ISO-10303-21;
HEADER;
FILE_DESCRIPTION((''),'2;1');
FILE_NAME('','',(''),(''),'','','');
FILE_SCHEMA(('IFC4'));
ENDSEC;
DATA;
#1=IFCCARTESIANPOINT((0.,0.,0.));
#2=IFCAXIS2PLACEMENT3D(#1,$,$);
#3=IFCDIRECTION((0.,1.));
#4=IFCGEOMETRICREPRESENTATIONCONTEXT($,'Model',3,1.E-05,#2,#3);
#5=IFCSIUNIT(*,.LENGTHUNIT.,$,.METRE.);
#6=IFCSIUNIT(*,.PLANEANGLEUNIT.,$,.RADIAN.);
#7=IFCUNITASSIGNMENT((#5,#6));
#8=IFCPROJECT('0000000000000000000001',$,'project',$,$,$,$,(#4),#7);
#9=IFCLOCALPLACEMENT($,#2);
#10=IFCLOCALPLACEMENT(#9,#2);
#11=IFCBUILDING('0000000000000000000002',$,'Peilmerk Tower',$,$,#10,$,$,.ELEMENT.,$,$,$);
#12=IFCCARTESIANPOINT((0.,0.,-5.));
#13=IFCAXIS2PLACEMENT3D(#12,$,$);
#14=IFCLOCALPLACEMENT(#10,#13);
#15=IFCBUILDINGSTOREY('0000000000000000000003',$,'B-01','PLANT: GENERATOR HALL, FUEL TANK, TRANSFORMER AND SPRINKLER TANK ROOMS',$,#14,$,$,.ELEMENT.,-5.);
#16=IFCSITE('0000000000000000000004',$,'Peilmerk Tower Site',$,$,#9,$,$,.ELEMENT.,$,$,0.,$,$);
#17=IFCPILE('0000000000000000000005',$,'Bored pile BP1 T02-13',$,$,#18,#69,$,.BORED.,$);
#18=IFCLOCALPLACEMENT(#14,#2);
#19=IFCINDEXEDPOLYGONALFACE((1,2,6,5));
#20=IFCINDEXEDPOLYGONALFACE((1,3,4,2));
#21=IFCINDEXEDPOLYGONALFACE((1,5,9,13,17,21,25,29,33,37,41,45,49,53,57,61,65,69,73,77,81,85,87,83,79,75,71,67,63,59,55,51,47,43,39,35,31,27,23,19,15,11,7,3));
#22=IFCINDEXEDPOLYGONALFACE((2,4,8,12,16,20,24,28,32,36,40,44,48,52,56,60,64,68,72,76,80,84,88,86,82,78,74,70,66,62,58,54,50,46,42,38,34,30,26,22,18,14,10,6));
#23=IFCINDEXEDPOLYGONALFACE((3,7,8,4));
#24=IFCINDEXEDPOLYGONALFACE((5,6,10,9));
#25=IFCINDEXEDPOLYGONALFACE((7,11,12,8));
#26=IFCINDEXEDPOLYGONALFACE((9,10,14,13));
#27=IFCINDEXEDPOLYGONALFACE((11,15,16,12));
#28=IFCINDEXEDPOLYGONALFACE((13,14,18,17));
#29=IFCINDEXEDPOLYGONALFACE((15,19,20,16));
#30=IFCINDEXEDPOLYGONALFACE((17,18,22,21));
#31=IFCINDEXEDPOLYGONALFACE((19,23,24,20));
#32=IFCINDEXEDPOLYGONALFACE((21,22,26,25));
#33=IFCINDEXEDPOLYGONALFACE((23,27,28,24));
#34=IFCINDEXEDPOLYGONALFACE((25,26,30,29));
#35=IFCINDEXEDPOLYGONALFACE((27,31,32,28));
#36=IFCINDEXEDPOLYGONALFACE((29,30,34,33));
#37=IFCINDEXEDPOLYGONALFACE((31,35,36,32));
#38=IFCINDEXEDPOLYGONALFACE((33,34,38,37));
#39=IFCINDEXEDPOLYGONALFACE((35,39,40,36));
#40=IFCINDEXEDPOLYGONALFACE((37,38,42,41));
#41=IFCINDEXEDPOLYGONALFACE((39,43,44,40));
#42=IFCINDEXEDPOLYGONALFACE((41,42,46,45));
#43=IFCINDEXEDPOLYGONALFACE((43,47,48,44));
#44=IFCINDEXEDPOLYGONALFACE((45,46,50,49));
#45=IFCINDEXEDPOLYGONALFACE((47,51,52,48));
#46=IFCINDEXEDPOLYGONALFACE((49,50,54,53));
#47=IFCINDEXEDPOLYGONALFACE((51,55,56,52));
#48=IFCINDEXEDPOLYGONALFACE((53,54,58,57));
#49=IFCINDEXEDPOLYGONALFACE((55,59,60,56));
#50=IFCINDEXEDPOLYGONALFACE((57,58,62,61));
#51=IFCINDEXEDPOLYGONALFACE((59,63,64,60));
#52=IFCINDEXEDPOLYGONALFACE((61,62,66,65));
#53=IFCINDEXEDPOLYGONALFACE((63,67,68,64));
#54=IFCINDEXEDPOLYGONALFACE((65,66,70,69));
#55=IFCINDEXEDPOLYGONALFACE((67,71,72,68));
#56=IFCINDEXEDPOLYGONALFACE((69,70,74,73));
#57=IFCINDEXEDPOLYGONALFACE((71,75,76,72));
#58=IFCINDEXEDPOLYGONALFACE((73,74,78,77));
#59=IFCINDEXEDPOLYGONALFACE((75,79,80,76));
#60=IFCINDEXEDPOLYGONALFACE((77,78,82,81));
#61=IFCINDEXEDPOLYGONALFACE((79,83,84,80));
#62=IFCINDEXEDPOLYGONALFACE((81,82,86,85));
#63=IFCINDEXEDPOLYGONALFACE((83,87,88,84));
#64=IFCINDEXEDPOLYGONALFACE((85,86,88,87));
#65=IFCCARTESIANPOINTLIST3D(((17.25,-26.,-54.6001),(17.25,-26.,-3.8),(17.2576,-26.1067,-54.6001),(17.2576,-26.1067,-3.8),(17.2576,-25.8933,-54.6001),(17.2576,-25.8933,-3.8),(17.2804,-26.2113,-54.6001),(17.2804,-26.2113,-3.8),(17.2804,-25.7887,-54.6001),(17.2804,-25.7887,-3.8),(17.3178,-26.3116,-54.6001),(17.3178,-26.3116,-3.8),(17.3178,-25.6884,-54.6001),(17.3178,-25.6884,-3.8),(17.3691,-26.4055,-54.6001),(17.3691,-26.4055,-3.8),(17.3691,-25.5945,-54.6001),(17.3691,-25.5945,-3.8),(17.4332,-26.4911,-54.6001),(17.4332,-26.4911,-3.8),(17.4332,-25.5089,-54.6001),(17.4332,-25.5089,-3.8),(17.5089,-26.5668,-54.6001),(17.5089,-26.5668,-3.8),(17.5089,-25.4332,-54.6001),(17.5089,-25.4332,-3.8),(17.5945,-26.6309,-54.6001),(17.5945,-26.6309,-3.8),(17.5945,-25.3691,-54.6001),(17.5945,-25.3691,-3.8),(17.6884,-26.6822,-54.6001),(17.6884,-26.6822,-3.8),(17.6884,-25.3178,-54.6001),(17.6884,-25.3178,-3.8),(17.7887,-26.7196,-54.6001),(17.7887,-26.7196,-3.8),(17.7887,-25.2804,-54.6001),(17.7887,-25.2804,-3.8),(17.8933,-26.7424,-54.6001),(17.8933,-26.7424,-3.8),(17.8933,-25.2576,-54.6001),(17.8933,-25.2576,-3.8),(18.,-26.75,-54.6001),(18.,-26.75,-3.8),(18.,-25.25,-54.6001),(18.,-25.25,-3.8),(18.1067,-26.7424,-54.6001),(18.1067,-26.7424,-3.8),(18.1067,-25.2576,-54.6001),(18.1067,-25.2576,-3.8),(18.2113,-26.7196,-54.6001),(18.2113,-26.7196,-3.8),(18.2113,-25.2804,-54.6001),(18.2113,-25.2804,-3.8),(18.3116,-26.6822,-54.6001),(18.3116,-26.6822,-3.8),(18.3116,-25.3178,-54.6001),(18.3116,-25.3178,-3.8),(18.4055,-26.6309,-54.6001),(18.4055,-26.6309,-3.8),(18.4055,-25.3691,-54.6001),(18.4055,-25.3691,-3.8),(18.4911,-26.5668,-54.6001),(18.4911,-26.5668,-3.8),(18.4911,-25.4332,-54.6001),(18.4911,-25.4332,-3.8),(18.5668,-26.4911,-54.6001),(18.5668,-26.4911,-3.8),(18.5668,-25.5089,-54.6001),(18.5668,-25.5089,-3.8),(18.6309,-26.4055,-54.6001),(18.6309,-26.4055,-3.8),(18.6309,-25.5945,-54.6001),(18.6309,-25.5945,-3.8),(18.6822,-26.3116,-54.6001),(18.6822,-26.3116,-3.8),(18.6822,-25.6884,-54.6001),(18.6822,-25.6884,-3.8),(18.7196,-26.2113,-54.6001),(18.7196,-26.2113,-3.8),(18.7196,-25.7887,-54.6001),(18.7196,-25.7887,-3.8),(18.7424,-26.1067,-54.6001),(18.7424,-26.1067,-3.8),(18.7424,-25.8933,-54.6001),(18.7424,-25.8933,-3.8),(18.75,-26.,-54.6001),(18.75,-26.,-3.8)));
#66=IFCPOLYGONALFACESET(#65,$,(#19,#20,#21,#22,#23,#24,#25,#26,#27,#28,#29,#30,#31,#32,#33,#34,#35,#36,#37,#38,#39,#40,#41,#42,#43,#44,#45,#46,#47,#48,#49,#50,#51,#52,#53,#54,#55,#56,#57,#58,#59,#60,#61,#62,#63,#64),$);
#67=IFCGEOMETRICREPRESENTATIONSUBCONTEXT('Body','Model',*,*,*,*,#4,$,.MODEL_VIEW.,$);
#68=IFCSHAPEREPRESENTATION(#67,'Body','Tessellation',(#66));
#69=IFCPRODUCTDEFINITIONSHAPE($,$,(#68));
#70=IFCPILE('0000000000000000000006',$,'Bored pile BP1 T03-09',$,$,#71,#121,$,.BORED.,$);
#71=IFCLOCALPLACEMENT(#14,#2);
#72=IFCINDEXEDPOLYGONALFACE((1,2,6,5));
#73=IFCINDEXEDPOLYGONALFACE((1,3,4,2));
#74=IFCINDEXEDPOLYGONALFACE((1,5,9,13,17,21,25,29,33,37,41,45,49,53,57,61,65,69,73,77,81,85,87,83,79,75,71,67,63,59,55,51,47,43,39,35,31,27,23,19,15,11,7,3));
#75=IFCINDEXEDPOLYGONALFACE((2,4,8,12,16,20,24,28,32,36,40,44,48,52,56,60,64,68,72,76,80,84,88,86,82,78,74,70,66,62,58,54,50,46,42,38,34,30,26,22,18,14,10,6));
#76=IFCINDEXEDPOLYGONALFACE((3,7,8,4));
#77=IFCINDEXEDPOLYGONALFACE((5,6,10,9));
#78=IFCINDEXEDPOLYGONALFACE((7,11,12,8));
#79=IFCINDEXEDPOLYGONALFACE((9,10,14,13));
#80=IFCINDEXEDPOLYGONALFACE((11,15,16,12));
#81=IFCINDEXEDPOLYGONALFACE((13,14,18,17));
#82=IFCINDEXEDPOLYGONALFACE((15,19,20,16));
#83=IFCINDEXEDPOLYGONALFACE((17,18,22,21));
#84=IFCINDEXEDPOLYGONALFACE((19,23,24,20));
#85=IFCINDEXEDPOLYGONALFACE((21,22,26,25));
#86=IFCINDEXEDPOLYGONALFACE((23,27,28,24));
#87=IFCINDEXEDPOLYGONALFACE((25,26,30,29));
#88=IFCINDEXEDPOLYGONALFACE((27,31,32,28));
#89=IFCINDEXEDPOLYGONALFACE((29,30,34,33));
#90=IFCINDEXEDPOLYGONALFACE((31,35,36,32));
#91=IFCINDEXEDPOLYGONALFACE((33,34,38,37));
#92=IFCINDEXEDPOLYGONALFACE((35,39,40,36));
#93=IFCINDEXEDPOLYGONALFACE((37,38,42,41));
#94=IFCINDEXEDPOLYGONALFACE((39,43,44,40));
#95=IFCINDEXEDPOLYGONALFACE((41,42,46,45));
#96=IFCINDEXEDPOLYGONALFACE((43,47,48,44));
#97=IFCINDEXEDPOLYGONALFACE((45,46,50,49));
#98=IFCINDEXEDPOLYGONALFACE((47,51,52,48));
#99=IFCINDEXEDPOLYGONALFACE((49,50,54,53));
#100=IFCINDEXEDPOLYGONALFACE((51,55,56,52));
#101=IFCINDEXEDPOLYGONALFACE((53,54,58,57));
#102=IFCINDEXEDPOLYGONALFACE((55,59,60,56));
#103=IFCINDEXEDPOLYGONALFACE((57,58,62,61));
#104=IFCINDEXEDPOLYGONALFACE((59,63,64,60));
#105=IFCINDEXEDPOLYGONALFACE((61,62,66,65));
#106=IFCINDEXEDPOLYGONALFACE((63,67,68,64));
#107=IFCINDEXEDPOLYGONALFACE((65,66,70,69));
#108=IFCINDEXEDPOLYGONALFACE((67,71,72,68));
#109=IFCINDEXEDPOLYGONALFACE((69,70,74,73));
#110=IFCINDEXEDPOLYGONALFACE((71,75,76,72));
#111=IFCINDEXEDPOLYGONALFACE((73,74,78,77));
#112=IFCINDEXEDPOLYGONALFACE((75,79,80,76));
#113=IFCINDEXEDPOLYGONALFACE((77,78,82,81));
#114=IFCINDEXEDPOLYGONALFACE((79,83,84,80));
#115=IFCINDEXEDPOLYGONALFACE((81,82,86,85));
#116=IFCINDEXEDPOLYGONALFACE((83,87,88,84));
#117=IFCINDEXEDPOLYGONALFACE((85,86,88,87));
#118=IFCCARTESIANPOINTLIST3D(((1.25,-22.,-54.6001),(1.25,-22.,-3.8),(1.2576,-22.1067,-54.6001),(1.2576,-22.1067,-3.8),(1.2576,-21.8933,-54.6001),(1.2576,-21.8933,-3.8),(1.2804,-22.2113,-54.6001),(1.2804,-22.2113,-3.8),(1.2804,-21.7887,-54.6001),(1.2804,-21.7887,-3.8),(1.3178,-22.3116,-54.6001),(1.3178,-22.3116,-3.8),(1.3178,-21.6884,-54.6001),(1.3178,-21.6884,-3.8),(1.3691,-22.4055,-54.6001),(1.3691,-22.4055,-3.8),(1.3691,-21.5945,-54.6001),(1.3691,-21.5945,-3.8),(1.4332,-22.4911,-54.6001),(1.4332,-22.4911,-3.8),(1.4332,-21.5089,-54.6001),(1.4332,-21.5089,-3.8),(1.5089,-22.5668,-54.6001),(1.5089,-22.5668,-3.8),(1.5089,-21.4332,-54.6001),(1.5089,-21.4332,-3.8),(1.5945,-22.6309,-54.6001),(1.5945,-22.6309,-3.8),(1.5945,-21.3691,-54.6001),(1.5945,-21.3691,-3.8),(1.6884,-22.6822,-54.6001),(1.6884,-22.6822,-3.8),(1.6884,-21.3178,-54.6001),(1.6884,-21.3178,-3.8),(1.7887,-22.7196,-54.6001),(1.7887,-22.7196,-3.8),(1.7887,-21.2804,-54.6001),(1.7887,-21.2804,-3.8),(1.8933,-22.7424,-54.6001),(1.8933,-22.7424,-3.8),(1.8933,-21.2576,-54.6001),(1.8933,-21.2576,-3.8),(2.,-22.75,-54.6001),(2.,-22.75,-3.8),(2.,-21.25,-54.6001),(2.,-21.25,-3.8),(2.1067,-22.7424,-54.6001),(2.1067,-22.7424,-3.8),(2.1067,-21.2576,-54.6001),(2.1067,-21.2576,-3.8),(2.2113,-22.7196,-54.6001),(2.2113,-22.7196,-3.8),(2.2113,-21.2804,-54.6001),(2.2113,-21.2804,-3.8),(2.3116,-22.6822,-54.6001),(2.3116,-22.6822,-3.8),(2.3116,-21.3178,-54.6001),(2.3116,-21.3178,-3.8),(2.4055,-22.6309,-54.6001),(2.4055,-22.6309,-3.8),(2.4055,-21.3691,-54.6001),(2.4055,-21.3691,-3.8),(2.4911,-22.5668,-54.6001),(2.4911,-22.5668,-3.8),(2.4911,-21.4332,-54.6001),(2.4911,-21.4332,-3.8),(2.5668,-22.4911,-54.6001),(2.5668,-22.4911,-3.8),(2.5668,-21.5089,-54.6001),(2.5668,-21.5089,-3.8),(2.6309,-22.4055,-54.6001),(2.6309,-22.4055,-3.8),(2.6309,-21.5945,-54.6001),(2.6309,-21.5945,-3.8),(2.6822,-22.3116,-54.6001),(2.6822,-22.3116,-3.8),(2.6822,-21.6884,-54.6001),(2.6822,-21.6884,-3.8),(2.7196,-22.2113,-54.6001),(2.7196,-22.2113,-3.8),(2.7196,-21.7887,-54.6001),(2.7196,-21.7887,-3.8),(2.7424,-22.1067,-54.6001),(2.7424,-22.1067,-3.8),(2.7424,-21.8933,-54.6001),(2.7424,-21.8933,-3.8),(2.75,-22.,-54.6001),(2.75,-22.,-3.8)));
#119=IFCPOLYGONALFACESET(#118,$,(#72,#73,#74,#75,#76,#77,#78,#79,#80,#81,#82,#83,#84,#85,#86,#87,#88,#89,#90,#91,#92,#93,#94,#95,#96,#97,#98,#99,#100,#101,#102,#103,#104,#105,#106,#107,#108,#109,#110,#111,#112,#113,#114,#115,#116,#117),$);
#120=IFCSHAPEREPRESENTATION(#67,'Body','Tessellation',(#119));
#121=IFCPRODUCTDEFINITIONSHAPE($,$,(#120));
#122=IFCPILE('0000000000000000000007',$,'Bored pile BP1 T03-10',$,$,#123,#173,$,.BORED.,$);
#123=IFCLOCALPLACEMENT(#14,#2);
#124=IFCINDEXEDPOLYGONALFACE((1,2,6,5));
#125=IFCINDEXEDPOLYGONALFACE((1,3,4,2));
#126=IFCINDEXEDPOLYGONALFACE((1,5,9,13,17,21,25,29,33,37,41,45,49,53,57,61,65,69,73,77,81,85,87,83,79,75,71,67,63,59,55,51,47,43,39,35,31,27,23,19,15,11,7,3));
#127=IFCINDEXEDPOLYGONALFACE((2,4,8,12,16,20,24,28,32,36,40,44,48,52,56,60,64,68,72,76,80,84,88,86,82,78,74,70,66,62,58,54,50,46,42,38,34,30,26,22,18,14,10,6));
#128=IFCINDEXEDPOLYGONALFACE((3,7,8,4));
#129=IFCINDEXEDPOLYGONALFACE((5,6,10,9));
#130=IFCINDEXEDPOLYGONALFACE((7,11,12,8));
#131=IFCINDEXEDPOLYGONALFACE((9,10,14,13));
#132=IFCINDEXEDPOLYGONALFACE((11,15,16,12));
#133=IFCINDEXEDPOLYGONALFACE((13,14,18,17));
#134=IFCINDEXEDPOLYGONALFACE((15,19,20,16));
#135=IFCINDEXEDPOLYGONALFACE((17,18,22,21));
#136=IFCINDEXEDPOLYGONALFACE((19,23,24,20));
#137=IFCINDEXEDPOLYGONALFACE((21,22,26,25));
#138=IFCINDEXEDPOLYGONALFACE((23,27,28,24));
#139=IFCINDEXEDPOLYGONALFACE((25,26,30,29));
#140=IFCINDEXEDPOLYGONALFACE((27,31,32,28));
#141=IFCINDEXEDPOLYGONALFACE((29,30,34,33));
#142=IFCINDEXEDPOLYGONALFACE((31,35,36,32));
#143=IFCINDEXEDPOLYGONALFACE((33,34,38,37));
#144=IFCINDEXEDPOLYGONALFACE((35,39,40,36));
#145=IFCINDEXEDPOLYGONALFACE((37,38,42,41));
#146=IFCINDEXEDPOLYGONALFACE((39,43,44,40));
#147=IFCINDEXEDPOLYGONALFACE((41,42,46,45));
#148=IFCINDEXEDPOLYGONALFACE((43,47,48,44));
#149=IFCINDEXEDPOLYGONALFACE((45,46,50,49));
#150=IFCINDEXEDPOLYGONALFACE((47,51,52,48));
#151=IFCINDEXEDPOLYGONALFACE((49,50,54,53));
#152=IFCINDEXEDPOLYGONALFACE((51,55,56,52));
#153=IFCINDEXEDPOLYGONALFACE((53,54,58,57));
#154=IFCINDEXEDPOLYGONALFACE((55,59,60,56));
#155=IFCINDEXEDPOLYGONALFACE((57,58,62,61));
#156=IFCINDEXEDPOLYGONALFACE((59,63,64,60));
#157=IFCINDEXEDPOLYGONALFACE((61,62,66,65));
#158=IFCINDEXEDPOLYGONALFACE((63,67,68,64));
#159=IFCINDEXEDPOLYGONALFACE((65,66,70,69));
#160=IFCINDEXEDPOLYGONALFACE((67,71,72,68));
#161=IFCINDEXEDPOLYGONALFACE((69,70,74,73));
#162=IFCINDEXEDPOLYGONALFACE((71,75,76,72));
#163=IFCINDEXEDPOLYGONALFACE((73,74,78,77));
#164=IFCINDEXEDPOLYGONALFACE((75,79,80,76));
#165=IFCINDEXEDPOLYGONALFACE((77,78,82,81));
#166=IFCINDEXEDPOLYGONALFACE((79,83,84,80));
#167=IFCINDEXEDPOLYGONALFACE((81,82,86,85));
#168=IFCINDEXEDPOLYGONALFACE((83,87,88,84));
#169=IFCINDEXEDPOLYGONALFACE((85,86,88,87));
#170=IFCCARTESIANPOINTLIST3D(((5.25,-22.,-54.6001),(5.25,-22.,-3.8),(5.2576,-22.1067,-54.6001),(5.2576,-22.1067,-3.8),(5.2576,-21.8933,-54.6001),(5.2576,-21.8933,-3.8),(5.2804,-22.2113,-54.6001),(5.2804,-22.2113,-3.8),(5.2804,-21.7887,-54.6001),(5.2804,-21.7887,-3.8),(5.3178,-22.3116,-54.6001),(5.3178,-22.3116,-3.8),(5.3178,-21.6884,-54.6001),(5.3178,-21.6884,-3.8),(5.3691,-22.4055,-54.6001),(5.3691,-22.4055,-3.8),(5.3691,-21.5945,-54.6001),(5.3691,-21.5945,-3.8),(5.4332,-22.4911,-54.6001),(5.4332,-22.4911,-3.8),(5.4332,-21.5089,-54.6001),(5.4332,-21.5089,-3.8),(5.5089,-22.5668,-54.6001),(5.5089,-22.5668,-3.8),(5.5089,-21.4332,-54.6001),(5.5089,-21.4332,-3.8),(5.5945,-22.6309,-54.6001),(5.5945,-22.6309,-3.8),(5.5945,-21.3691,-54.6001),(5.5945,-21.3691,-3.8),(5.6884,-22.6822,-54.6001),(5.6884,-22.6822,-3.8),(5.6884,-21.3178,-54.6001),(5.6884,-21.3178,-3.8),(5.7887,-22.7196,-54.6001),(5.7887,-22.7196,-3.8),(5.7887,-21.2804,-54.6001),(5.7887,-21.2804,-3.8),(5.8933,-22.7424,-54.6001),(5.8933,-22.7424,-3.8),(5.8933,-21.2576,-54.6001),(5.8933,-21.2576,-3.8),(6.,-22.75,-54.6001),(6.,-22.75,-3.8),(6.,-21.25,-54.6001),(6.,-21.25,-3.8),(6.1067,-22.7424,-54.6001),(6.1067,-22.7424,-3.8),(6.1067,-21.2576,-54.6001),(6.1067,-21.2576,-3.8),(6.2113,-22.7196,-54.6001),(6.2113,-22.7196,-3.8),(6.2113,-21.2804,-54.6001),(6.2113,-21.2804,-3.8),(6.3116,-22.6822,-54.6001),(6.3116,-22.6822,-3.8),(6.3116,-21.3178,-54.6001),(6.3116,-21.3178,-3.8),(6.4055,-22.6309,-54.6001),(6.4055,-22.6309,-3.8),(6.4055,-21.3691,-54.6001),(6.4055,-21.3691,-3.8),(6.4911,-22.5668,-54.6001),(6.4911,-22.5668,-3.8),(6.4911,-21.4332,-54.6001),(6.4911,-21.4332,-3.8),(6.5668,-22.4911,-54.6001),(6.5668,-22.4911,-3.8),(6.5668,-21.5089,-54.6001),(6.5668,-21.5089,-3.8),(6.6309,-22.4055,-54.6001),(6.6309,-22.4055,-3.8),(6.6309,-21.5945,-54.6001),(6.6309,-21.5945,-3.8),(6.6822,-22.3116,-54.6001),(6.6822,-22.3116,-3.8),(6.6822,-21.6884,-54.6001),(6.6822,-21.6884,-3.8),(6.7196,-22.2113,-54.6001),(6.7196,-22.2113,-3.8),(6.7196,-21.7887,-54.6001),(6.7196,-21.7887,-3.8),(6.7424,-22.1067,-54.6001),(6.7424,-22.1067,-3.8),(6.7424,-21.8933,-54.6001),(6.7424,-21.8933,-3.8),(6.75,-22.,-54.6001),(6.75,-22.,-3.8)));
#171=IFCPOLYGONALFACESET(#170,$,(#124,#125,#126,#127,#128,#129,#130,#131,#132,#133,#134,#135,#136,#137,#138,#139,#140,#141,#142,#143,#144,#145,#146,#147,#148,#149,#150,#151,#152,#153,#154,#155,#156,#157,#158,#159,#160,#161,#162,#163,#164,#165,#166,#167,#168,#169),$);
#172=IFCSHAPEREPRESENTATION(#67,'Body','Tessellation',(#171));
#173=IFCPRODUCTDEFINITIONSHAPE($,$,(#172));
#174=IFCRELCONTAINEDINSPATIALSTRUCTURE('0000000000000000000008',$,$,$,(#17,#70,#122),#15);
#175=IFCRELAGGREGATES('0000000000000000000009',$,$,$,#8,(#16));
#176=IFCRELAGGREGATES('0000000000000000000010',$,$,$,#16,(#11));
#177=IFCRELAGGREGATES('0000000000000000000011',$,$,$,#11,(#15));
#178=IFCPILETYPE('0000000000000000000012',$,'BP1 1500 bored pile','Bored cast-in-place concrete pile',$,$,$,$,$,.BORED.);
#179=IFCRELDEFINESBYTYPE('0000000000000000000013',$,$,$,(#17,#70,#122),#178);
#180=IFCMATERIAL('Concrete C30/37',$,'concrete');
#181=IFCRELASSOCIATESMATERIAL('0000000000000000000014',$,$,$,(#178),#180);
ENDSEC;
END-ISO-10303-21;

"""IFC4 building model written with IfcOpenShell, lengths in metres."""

from ifc_helpers import new_model, si_unit, direction, frame, origin, origin_2d, place, context, subcontext, project, spatial, circle, extrude, material, material_profile, profile_set, type_object, element, save


model = new_model("IFC4")

# Units and contexts
model_context = context("Model", 3, precision=1e-05, world=origin(), true_north=direction((0.0, 1.0)))
body_context = subcontext(model_context, "Body", "Model", "MODEL_VIEW")
ifc_project = project(units=[si_unit("LENGTHUNIT", "METRE"), si_unit("PLANEANGLEUNIT", "RADIAN")], contexts=[model_context])

# Site, building, storey
site_placement = place(None, origin())
site = spatial("IfcSite", under=ifc_project, at=site_placement, Name="Peilmerk Tower Site", CompositionType="ELEMENT", RefElevation=0.0)
building_placement = place(site_placement, origin())
building = spatial("IfcBuilding", under=site, at=building_placement, Name="Peilmerk Tower", CompositionType="ELEMENT")
storey_placement = place(building_placement, frame((0.0, 0.0, -5.0)))
storey = spatial("IfcBuildingStorey", under=building, at=storey_placement, Name="B-01", Description="PLANT: GENERATOR HALL, FUEL TANK, TRANSFORMER AND SPRINKLER TANK ROOMS", CompositionType="ELEMENT", Elevation=-5.0)

# Piles
ifc_material_1 = material(Name="Concrete C30/37", Category="concrete")
ifc_material_profile_1 = material_profile(ifc_material_1, circle(Radius=0.75, at=origin_2d()), Name="BP 1500")
ifc_profile_set_1 = profile_set([ifc_material_profile_1], Name="Concrete C30/37")
pile_type = type_object("IfcPileType", Name="BP1 1500 bored pile", Description="Bored cast-in-place concrete pile", PredefinedType="BORED", material=ifc_profile_set_1)
for number, where, z_axis, x_axis, name in (
    (1, (18.0, -26.0, -3.8), (0.0, 0.0, -1.0), (1.0, 0.0, 0.0), "Bored pile BP1 T02-13"),
    (2, (2.0, -22.0, -3.8), (0.0, 0.0, -1.0), (1.0, 0.0, 0.0), "Bored pile BP1 T03-09"),
    (3, (6.0, -22.0, -3.8), (0.0, 0.0, -1.0), (1.0, 0.0, 0.0), "Bored pile BP1 T03-10"),
):
    element("IfcPile", number, at=place(storey_placement, frame(where, z_axis=z_axis, x_axis=x_axis)), inside=storey, type_object=pile_type, Name=name, PredefinedType="BORED", context=body_context, shape_type="SweptSolid", body=[
        extrude(circle(Radius=0.75, at=origin_2d()), origin(), (0.0, 0.0, 1.0), 50.8),
    ])

save(model, "model.ifc")
